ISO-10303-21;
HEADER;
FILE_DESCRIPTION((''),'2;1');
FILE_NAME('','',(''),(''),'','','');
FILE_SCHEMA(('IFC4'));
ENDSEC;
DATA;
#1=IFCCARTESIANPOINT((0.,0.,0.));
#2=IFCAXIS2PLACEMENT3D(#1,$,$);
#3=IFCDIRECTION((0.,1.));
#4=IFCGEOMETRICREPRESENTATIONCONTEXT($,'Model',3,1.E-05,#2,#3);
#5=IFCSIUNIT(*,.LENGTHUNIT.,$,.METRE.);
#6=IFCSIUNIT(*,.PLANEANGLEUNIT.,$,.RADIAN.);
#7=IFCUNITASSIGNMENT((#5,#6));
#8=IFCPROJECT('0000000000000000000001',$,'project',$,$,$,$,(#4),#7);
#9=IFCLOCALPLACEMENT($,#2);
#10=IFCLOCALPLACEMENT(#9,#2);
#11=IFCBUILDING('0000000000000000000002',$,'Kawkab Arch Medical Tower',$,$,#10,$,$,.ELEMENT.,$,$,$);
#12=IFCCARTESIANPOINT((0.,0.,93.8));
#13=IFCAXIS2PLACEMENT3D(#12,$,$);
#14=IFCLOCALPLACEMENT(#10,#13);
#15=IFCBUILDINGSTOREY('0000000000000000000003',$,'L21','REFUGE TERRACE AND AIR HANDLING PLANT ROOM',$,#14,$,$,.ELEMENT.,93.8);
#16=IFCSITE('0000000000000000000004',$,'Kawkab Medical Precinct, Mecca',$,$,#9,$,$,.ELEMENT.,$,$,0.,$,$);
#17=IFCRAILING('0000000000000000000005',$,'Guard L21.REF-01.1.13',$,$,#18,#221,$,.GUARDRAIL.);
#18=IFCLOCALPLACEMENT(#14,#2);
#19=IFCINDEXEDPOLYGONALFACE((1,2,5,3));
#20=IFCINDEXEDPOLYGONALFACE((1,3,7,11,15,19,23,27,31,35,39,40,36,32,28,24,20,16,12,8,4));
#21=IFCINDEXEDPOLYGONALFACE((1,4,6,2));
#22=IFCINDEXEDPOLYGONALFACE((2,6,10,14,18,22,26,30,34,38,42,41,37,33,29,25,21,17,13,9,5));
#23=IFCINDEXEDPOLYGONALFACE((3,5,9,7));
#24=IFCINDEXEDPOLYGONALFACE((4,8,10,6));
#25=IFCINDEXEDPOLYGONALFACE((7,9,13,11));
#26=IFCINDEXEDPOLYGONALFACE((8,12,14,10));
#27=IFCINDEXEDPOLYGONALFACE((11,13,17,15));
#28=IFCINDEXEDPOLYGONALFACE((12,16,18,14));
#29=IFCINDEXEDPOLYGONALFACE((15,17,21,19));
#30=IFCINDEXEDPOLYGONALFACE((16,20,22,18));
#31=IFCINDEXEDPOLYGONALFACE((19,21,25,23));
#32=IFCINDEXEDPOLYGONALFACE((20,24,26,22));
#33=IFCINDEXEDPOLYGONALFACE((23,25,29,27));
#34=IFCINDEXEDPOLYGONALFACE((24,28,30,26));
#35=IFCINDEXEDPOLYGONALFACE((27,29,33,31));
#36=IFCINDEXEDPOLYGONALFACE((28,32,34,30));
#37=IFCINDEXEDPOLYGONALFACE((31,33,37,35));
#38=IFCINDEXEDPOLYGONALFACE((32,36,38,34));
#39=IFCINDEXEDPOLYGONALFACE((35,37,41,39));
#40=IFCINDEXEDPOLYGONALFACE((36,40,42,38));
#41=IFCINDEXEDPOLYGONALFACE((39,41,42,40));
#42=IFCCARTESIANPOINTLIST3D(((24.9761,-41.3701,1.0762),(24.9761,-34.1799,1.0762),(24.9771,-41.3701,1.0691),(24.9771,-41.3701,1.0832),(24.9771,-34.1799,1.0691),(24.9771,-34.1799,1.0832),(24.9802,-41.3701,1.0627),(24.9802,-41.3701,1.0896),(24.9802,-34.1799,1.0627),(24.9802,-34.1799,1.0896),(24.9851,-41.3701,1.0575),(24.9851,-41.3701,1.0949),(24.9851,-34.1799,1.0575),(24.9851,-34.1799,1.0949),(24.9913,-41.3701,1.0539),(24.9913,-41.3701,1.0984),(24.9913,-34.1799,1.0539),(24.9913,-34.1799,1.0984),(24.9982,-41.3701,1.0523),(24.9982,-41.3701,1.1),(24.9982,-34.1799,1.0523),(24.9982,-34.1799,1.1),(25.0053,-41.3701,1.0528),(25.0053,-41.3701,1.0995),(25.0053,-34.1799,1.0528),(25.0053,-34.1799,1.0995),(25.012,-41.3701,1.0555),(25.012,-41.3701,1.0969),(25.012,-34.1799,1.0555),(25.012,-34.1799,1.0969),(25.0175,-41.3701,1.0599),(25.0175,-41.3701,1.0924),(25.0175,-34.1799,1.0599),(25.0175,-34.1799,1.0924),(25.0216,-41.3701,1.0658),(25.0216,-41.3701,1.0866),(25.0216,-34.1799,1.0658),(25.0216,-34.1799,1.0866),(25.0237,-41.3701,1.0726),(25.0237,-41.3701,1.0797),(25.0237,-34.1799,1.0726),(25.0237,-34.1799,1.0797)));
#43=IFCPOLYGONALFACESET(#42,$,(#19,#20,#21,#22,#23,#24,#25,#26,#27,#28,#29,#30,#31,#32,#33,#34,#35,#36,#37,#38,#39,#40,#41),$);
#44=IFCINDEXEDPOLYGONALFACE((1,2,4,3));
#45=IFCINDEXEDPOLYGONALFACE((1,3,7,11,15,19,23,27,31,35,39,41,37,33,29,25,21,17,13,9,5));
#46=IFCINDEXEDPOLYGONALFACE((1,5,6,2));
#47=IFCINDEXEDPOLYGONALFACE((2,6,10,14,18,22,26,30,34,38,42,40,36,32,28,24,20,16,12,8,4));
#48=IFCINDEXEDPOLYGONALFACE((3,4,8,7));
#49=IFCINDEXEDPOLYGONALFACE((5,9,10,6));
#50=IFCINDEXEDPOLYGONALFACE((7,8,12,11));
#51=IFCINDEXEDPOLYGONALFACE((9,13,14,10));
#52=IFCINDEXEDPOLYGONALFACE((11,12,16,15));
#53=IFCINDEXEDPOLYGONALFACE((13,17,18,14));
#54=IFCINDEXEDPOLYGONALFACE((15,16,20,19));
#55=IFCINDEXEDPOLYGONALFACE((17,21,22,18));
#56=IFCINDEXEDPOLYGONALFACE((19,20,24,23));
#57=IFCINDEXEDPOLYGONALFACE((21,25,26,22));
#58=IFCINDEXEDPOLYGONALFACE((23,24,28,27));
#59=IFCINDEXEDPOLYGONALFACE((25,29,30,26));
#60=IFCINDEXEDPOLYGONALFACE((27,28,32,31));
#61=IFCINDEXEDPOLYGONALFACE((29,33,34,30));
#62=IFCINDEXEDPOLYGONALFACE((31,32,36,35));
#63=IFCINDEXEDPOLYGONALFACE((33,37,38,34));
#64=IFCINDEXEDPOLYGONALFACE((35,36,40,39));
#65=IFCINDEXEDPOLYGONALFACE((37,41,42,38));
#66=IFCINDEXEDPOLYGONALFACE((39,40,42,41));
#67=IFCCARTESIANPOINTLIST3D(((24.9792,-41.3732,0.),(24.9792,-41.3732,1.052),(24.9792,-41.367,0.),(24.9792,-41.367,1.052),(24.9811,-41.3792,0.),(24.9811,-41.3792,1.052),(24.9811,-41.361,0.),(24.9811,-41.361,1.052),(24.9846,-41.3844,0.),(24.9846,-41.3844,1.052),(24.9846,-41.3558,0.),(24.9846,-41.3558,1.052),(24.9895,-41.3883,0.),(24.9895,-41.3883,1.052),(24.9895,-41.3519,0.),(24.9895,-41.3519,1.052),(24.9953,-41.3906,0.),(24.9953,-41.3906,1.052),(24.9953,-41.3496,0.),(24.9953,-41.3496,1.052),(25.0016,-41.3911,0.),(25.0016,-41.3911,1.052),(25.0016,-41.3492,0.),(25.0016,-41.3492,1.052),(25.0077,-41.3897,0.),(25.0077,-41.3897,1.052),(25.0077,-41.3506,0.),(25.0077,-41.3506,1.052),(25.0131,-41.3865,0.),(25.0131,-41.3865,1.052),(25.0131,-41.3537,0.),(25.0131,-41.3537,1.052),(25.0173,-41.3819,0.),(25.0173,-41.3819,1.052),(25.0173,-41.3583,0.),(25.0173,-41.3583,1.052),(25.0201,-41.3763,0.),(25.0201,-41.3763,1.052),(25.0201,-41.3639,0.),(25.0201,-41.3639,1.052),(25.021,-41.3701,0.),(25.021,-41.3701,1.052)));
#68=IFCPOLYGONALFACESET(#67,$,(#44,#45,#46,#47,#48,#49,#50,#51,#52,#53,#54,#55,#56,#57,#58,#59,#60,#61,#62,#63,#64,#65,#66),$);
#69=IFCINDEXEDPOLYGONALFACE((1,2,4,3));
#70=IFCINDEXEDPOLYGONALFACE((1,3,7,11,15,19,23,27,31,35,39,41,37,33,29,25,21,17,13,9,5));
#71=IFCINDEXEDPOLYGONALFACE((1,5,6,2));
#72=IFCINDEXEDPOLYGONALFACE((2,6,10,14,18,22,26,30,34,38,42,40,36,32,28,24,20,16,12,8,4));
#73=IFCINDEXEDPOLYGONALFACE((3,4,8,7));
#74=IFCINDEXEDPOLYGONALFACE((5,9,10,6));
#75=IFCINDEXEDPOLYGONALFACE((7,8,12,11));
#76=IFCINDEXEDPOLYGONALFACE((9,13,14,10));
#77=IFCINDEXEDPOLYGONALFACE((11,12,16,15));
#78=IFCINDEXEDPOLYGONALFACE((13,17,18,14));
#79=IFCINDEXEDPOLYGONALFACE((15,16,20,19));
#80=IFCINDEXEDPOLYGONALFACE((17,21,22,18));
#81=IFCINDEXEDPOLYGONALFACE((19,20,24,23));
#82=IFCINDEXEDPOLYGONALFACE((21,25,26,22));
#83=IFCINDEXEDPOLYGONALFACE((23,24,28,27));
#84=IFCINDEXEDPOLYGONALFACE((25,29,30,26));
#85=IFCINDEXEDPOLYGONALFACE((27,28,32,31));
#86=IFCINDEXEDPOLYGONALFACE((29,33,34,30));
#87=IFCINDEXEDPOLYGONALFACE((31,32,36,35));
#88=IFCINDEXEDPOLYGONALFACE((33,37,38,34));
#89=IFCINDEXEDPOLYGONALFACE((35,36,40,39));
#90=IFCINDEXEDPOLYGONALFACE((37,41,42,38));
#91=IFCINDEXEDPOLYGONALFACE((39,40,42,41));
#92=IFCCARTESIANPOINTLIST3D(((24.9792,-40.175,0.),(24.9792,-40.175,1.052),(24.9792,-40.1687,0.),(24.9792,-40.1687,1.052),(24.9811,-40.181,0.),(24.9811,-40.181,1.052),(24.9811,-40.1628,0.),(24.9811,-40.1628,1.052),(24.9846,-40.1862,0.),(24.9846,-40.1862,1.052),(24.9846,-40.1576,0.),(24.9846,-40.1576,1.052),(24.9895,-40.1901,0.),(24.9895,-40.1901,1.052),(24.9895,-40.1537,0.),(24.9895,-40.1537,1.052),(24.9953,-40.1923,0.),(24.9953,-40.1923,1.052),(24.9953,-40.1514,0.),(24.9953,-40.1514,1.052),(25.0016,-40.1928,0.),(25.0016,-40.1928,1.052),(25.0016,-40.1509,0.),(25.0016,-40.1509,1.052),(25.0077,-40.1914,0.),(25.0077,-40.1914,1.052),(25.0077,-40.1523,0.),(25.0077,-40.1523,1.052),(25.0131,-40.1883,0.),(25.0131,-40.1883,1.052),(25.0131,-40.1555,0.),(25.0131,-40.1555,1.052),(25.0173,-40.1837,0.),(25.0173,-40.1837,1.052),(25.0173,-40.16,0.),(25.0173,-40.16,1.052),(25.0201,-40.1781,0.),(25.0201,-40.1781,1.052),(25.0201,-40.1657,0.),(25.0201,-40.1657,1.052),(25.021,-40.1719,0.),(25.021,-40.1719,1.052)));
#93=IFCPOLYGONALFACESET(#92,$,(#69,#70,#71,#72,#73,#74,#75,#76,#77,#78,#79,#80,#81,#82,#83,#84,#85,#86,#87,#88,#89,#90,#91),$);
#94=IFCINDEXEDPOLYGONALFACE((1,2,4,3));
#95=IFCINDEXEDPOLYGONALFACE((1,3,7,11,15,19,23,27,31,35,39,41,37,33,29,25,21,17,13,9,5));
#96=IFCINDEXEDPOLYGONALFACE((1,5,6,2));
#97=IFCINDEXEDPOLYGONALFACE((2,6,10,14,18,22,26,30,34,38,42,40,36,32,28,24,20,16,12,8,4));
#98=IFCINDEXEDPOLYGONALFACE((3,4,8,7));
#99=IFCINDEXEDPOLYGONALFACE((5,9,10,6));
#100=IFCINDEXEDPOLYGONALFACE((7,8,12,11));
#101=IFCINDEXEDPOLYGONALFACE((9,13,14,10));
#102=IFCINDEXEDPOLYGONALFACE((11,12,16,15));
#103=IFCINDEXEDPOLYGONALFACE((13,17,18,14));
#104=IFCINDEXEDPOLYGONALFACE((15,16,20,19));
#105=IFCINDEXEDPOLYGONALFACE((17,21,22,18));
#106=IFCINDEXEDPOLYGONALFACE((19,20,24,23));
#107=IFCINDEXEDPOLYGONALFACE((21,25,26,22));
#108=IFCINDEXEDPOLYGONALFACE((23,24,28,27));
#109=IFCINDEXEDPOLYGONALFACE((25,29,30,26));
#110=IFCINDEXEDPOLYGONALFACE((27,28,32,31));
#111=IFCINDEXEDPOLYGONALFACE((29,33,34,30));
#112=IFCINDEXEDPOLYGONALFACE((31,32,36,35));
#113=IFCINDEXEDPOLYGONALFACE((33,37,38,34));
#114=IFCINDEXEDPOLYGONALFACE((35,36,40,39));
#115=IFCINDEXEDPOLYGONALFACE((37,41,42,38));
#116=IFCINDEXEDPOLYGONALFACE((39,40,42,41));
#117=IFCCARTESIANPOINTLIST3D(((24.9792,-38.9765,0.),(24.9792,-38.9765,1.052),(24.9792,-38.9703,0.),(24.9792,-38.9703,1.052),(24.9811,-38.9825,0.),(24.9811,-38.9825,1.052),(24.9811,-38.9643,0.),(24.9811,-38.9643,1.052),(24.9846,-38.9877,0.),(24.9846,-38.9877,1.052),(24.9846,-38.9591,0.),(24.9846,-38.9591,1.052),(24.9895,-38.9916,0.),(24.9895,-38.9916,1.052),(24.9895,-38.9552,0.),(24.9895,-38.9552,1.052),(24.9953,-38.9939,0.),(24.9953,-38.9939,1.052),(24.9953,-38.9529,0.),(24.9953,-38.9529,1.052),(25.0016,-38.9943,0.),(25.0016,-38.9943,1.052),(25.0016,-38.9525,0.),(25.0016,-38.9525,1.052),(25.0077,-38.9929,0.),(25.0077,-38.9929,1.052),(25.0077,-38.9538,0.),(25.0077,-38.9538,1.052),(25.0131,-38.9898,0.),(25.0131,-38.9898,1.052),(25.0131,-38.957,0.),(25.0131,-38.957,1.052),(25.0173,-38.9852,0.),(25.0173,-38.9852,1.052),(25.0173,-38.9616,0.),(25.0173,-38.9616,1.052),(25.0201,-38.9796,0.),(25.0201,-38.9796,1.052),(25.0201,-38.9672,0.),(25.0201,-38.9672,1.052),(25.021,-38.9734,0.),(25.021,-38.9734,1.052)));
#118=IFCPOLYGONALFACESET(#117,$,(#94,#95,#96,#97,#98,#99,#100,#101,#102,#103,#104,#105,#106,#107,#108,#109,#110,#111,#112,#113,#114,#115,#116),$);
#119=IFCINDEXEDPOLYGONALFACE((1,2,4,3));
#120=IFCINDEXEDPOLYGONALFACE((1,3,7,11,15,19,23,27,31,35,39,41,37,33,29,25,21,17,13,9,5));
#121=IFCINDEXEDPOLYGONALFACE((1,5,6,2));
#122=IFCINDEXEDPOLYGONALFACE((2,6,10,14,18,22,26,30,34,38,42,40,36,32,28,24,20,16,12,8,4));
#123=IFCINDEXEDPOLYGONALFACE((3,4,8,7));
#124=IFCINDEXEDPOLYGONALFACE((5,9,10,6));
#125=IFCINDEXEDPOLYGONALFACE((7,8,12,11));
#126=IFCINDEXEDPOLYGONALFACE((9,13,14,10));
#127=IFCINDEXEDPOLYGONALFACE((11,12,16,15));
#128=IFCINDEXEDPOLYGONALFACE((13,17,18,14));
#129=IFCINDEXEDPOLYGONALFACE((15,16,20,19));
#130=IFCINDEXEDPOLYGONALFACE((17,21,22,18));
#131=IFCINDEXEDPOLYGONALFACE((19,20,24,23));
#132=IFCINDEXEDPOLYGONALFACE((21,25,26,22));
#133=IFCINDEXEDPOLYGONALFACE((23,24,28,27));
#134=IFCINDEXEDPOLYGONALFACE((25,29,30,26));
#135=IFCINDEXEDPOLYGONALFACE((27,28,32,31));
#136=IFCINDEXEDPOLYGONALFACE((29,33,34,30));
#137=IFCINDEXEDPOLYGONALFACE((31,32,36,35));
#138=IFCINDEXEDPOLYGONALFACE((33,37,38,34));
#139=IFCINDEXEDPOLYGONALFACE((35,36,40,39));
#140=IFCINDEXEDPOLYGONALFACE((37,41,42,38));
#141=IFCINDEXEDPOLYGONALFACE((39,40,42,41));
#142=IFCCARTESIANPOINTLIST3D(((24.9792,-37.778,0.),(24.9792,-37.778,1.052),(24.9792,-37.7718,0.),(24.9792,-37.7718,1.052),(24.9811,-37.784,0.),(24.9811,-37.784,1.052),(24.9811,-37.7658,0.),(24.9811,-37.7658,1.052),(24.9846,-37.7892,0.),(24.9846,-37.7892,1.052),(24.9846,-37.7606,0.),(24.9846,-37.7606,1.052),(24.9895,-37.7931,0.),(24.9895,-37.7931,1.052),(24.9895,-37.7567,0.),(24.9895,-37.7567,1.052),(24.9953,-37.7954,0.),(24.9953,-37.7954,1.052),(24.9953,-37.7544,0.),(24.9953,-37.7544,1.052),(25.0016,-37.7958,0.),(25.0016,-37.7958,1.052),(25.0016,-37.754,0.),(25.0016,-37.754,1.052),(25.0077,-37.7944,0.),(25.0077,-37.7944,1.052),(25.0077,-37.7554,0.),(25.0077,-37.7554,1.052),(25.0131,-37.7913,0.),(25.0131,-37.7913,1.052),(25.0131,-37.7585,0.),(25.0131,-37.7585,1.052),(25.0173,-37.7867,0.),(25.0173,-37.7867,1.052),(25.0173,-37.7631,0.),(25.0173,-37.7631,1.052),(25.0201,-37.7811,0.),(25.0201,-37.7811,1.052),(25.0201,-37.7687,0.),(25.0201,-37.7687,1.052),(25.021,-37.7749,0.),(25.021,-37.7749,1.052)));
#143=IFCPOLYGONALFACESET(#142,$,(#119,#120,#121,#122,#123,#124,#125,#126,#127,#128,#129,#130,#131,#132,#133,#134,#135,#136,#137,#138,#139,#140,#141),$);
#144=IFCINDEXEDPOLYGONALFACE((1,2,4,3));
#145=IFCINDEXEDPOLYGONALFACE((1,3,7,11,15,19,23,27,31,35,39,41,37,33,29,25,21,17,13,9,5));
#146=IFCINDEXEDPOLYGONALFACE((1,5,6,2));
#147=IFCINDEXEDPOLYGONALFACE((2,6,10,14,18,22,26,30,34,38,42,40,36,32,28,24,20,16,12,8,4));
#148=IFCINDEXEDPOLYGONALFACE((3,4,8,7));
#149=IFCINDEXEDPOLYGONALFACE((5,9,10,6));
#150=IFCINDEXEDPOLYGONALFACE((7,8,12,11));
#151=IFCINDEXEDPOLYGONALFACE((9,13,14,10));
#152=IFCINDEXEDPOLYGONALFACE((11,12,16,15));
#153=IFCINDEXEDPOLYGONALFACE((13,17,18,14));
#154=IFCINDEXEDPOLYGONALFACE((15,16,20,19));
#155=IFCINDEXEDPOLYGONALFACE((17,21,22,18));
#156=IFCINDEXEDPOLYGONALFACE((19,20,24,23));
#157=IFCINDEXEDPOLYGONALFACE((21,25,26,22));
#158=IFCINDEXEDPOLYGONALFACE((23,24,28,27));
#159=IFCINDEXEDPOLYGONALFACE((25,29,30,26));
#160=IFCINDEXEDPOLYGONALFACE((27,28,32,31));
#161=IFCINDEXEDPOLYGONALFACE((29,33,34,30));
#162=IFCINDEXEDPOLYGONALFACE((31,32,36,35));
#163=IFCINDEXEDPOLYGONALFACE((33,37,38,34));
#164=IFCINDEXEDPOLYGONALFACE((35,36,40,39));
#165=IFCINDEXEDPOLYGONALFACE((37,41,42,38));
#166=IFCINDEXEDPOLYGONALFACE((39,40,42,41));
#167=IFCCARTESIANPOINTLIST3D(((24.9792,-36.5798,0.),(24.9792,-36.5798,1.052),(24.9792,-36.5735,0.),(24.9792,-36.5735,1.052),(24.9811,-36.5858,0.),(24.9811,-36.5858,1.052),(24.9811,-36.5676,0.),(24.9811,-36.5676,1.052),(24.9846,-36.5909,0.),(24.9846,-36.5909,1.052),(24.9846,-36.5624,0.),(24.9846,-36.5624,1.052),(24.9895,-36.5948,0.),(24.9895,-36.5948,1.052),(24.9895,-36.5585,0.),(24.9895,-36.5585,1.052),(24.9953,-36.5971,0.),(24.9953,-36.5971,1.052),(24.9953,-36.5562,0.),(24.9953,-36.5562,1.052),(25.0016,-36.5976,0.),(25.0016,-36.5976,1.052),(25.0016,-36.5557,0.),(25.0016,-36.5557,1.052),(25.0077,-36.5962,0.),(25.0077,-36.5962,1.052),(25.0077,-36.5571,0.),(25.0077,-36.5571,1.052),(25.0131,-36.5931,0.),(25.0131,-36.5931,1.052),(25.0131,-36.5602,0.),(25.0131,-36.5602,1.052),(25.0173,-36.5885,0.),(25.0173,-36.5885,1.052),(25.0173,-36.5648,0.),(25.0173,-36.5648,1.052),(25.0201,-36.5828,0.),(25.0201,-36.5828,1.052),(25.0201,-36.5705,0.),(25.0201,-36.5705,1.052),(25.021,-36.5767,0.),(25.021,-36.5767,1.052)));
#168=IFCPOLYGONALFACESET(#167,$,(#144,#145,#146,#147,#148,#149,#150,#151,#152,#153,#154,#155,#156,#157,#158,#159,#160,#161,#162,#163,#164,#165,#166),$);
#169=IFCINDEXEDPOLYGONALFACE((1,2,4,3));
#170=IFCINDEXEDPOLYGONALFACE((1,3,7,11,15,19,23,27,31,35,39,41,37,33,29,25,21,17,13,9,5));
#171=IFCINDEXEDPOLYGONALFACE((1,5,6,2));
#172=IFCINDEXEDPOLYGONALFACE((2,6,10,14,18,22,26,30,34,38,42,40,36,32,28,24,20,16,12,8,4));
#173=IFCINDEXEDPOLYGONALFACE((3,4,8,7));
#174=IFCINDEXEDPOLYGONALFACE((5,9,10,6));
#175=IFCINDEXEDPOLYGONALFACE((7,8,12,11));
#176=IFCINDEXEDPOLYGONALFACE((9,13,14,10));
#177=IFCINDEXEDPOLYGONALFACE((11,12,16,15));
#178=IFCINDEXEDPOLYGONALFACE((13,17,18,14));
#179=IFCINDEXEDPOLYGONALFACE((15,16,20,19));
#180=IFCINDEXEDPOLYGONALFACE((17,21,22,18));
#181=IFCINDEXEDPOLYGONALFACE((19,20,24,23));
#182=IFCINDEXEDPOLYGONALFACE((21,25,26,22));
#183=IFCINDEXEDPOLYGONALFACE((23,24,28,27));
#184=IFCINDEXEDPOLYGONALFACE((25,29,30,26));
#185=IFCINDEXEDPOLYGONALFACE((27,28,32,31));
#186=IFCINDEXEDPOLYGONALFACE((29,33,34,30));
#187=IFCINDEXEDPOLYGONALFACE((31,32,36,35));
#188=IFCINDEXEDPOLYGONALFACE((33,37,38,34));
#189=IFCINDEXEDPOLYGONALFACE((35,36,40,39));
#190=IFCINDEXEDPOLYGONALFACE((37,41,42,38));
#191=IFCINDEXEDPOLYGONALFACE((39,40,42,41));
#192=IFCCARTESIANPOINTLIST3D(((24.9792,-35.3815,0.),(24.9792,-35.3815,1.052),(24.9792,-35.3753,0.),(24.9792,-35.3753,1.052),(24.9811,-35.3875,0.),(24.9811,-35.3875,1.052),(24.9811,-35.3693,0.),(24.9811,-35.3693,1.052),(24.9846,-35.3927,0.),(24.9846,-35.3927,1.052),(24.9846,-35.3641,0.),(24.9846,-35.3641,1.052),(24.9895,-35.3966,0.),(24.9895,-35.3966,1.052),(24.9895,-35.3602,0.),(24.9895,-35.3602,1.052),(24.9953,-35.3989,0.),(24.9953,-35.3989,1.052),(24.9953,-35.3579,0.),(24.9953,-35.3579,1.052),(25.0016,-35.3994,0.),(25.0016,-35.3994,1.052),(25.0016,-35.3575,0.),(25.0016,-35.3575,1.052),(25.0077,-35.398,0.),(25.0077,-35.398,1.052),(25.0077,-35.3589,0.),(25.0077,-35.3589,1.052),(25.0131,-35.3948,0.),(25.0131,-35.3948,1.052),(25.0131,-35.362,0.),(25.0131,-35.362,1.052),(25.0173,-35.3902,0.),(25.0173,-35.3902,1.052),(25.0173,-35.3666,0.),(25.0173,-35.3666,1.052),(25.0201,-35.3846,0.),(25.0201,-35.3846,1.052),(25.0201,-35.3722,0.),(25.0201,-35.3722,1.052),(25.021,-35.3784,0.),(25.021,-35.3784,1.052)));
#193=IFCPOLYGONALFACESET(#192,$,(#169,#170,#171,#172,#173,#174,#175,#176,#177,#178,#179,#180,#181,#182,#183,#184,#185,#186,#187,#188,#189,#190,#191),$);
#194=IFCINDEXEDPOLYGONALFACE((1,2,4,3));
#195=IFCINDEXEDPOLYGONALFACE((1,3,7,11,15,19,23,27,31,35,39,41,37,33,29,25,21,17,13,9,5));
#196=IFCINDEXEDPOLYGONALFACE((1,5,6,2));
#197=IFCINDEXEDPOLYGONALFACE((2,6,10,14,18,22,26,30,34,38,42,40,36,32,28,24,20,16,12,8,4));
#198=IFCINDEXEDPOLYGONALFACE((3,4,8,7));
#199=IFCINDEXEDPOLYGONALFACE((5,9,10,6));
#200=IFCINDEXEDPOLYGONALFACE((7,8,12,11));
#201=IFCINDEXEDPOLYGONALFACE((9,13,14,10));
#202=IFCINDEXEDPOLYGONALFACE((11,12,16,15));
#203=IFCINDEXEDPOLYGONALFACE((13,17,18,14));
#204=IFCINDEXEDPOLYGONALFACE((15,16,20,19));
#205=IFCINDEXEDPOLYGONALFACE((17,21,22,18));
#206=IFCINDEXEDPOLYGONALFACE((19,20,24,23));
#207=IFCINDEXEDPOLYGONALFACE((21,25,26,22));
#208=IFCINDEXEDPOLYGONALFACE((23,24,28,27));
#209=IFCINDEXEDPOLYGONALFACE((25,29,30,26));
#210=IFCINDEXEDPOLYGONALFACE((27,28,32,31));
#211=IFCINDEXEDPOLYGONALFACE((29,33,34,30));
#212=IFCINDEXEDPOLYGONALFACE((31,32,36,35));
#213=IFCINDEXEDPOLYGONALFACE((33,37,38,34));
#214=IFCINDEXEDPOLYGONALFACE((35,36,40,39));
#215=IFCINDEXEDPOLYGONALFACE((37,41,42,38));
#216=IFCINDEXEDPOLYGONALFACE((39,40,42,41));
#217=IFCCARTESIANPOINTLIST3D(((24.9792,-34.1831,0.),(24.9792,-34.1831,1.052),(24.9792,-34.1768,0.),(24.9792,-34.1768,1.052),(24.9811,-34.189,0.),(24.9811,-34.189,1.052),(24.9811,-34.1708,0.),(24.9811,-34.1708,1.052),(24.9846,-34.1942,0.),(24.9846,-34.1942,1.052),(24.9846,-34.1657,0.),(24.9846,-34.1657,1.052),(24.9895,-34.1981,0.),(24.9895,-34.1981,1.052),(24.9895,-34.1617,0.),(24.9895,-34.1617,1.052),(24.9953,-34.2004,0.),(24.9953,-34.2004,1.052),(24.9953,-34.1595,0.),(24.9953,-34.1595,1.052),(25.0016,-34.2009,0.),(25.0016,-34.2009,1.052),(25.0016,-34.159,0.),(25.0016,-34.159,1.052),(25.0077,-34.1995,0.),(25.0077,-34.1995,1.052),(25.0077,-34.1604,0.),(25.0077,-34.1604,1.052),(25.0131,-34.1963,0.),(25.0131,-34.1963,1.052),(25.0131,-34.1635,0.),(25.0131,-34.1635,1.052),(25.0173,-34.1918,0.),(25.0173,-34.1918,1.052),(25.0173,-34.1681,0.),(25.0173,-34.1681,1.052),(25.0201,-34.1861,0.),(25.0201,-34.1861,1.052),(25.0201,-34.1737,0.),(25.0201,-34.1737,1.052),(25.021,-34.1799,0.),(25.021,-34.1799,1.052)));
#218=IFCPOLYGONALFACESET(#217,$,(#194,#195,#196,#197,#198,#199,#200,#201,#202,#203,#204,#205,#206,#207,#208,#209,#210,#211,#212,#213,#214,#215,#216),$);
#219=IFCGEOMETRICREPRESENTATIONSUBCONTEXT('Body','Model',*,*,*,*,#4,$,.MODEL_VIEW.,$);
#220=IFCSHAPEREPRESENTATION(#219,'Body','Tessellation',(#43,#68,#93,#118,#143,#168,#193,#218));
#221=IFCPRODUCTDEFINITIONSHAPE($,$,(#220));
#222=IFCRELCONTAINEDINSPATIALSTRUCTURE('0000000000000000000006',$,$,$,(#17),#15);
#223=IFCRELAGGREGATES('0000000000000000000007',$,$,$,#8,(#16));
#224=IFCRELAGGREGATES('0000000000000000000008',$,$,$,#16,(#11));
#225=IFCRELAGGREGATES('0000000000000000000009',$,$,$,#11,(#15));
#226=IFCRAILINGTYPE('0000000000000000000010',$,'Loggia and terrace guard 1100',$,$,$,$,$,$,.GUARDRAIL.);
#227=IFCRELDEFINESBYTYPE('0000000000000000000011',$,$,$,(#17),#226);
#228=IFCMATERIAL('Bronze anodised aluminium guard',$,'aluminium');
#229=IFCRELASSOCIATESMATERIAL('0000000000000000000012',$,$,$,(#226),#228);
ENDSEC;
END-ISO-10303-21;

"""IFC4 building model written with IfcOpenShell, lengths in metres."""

from ifc_helpers import new_model, si_unit, direction, frame, origin, origin_2d, place, context, subcontext, project, spatial, circle, extrude, material, type_object, element, save


model = new_model("IFC4")

# Units and contexts
model_context = context("Model", 3, precision=1e-05, world=origin(), true_north=direction((0.0, 1.0)))
body_context = subcontext(model_context, "Body", "Model", "MODEL_VIEW")
ifc_project = project(units=[si_unit("LENGTHUNIT", "METRE"), si_unit("PLANEANGLEUNIT", "RADIAN")], contexts=[model_context])

# Site, building, storey
site_placement = place(None, origin())
site = spatial("IfcSite", under=ifc_project, at=site_placement, Name="Kawkab Medical Precinct, Mecca", CompositionType="ELEMENT", RefElevation=0.0)
building_placement = place(site_placement, origin())
building = spatial("IfcBuilding", under=site, at=building_placement, Name="Kawkab Arch Medical Tower", CompositionType="ELEMENT")
storey_placement = place(building_placement, frame((0.0, 0.0, 93.8)))
storey = spatial("IfcBuildingStorey", under=building, at=storey_placement, Name="L21", Description="REFUGE TERRACE AND AIR HANDLING PLANT ROOM", CompositionType="ELEMENT", Elevation=93.8)

# Railing
ifc_material_1 = material(Name="Bronze anodised aluminium guard", Category="aluminium")
railing_type = type_object("IfcRailingType", Name="Loggia and terrace guard 1100", PredefinedType="GUARDRAIL", material=ifc_material_1)
railing_1_placement = place(storey_placement, frame((25.0, -41.3701, 0.0)))
element("IfcRailing", 1, at=railing_1_placement, inside=storey, type_object=railing_type, Name="Guard L21.REF-01.1.13", PredefinedType="GUARDRAIL", context=body_context, shape_type="SweptSolid", body=[
    extrude(circle(Radius=0.0239, at=origin_2d()), frame((0.0, 0.0, 1.0762), z_axis=(0.0, 1.0, 0.0), x_axis=(-1.0, 0.0, 0.0)), (0.0, 0.0, 1.0), 7.1902),
    extrude(circle(Radius=0.021, at=origin_2d()), origin(), (0.0, 0.0, 1.0), 1.052),
    extrude(circle(Radius=0.021, at=origin_2d()), frame((0.0, 1.1982, 0.0)), (0.0, 0.0, 1.0), 1.052),
    extrude(circle(Radius=0.021, at=origin_2d()), frame((0.0, 2.3967, 0.0)), (0.0, 0.0, 1.0), 1.052),
    extrude(circle(Radius=0.021, at=origin_2d()), frame((0.0, 3.5952, 0.0)), (0.0, 0.0, 1.0), 1.052),
    extrude(circle(Radius=0.021, at=origin_2d()), frame((0.0, 4.7935, 0.0)), (0.0, 0.0, 1.0), 1.052),
    extrude(circle(Radius=0.021, at=origin_2d()), frame((0.0, 5.9917, 0.0)), (0.0, 0.0, 1.0), 1.052),
    extrude(circle(Radius=0.021, at=origin_2d()), frame((0.0, 7.1902, 0.0)), (0.0, 0.0, 1.0), 1.052),
])

save(model, "model.ifc")
